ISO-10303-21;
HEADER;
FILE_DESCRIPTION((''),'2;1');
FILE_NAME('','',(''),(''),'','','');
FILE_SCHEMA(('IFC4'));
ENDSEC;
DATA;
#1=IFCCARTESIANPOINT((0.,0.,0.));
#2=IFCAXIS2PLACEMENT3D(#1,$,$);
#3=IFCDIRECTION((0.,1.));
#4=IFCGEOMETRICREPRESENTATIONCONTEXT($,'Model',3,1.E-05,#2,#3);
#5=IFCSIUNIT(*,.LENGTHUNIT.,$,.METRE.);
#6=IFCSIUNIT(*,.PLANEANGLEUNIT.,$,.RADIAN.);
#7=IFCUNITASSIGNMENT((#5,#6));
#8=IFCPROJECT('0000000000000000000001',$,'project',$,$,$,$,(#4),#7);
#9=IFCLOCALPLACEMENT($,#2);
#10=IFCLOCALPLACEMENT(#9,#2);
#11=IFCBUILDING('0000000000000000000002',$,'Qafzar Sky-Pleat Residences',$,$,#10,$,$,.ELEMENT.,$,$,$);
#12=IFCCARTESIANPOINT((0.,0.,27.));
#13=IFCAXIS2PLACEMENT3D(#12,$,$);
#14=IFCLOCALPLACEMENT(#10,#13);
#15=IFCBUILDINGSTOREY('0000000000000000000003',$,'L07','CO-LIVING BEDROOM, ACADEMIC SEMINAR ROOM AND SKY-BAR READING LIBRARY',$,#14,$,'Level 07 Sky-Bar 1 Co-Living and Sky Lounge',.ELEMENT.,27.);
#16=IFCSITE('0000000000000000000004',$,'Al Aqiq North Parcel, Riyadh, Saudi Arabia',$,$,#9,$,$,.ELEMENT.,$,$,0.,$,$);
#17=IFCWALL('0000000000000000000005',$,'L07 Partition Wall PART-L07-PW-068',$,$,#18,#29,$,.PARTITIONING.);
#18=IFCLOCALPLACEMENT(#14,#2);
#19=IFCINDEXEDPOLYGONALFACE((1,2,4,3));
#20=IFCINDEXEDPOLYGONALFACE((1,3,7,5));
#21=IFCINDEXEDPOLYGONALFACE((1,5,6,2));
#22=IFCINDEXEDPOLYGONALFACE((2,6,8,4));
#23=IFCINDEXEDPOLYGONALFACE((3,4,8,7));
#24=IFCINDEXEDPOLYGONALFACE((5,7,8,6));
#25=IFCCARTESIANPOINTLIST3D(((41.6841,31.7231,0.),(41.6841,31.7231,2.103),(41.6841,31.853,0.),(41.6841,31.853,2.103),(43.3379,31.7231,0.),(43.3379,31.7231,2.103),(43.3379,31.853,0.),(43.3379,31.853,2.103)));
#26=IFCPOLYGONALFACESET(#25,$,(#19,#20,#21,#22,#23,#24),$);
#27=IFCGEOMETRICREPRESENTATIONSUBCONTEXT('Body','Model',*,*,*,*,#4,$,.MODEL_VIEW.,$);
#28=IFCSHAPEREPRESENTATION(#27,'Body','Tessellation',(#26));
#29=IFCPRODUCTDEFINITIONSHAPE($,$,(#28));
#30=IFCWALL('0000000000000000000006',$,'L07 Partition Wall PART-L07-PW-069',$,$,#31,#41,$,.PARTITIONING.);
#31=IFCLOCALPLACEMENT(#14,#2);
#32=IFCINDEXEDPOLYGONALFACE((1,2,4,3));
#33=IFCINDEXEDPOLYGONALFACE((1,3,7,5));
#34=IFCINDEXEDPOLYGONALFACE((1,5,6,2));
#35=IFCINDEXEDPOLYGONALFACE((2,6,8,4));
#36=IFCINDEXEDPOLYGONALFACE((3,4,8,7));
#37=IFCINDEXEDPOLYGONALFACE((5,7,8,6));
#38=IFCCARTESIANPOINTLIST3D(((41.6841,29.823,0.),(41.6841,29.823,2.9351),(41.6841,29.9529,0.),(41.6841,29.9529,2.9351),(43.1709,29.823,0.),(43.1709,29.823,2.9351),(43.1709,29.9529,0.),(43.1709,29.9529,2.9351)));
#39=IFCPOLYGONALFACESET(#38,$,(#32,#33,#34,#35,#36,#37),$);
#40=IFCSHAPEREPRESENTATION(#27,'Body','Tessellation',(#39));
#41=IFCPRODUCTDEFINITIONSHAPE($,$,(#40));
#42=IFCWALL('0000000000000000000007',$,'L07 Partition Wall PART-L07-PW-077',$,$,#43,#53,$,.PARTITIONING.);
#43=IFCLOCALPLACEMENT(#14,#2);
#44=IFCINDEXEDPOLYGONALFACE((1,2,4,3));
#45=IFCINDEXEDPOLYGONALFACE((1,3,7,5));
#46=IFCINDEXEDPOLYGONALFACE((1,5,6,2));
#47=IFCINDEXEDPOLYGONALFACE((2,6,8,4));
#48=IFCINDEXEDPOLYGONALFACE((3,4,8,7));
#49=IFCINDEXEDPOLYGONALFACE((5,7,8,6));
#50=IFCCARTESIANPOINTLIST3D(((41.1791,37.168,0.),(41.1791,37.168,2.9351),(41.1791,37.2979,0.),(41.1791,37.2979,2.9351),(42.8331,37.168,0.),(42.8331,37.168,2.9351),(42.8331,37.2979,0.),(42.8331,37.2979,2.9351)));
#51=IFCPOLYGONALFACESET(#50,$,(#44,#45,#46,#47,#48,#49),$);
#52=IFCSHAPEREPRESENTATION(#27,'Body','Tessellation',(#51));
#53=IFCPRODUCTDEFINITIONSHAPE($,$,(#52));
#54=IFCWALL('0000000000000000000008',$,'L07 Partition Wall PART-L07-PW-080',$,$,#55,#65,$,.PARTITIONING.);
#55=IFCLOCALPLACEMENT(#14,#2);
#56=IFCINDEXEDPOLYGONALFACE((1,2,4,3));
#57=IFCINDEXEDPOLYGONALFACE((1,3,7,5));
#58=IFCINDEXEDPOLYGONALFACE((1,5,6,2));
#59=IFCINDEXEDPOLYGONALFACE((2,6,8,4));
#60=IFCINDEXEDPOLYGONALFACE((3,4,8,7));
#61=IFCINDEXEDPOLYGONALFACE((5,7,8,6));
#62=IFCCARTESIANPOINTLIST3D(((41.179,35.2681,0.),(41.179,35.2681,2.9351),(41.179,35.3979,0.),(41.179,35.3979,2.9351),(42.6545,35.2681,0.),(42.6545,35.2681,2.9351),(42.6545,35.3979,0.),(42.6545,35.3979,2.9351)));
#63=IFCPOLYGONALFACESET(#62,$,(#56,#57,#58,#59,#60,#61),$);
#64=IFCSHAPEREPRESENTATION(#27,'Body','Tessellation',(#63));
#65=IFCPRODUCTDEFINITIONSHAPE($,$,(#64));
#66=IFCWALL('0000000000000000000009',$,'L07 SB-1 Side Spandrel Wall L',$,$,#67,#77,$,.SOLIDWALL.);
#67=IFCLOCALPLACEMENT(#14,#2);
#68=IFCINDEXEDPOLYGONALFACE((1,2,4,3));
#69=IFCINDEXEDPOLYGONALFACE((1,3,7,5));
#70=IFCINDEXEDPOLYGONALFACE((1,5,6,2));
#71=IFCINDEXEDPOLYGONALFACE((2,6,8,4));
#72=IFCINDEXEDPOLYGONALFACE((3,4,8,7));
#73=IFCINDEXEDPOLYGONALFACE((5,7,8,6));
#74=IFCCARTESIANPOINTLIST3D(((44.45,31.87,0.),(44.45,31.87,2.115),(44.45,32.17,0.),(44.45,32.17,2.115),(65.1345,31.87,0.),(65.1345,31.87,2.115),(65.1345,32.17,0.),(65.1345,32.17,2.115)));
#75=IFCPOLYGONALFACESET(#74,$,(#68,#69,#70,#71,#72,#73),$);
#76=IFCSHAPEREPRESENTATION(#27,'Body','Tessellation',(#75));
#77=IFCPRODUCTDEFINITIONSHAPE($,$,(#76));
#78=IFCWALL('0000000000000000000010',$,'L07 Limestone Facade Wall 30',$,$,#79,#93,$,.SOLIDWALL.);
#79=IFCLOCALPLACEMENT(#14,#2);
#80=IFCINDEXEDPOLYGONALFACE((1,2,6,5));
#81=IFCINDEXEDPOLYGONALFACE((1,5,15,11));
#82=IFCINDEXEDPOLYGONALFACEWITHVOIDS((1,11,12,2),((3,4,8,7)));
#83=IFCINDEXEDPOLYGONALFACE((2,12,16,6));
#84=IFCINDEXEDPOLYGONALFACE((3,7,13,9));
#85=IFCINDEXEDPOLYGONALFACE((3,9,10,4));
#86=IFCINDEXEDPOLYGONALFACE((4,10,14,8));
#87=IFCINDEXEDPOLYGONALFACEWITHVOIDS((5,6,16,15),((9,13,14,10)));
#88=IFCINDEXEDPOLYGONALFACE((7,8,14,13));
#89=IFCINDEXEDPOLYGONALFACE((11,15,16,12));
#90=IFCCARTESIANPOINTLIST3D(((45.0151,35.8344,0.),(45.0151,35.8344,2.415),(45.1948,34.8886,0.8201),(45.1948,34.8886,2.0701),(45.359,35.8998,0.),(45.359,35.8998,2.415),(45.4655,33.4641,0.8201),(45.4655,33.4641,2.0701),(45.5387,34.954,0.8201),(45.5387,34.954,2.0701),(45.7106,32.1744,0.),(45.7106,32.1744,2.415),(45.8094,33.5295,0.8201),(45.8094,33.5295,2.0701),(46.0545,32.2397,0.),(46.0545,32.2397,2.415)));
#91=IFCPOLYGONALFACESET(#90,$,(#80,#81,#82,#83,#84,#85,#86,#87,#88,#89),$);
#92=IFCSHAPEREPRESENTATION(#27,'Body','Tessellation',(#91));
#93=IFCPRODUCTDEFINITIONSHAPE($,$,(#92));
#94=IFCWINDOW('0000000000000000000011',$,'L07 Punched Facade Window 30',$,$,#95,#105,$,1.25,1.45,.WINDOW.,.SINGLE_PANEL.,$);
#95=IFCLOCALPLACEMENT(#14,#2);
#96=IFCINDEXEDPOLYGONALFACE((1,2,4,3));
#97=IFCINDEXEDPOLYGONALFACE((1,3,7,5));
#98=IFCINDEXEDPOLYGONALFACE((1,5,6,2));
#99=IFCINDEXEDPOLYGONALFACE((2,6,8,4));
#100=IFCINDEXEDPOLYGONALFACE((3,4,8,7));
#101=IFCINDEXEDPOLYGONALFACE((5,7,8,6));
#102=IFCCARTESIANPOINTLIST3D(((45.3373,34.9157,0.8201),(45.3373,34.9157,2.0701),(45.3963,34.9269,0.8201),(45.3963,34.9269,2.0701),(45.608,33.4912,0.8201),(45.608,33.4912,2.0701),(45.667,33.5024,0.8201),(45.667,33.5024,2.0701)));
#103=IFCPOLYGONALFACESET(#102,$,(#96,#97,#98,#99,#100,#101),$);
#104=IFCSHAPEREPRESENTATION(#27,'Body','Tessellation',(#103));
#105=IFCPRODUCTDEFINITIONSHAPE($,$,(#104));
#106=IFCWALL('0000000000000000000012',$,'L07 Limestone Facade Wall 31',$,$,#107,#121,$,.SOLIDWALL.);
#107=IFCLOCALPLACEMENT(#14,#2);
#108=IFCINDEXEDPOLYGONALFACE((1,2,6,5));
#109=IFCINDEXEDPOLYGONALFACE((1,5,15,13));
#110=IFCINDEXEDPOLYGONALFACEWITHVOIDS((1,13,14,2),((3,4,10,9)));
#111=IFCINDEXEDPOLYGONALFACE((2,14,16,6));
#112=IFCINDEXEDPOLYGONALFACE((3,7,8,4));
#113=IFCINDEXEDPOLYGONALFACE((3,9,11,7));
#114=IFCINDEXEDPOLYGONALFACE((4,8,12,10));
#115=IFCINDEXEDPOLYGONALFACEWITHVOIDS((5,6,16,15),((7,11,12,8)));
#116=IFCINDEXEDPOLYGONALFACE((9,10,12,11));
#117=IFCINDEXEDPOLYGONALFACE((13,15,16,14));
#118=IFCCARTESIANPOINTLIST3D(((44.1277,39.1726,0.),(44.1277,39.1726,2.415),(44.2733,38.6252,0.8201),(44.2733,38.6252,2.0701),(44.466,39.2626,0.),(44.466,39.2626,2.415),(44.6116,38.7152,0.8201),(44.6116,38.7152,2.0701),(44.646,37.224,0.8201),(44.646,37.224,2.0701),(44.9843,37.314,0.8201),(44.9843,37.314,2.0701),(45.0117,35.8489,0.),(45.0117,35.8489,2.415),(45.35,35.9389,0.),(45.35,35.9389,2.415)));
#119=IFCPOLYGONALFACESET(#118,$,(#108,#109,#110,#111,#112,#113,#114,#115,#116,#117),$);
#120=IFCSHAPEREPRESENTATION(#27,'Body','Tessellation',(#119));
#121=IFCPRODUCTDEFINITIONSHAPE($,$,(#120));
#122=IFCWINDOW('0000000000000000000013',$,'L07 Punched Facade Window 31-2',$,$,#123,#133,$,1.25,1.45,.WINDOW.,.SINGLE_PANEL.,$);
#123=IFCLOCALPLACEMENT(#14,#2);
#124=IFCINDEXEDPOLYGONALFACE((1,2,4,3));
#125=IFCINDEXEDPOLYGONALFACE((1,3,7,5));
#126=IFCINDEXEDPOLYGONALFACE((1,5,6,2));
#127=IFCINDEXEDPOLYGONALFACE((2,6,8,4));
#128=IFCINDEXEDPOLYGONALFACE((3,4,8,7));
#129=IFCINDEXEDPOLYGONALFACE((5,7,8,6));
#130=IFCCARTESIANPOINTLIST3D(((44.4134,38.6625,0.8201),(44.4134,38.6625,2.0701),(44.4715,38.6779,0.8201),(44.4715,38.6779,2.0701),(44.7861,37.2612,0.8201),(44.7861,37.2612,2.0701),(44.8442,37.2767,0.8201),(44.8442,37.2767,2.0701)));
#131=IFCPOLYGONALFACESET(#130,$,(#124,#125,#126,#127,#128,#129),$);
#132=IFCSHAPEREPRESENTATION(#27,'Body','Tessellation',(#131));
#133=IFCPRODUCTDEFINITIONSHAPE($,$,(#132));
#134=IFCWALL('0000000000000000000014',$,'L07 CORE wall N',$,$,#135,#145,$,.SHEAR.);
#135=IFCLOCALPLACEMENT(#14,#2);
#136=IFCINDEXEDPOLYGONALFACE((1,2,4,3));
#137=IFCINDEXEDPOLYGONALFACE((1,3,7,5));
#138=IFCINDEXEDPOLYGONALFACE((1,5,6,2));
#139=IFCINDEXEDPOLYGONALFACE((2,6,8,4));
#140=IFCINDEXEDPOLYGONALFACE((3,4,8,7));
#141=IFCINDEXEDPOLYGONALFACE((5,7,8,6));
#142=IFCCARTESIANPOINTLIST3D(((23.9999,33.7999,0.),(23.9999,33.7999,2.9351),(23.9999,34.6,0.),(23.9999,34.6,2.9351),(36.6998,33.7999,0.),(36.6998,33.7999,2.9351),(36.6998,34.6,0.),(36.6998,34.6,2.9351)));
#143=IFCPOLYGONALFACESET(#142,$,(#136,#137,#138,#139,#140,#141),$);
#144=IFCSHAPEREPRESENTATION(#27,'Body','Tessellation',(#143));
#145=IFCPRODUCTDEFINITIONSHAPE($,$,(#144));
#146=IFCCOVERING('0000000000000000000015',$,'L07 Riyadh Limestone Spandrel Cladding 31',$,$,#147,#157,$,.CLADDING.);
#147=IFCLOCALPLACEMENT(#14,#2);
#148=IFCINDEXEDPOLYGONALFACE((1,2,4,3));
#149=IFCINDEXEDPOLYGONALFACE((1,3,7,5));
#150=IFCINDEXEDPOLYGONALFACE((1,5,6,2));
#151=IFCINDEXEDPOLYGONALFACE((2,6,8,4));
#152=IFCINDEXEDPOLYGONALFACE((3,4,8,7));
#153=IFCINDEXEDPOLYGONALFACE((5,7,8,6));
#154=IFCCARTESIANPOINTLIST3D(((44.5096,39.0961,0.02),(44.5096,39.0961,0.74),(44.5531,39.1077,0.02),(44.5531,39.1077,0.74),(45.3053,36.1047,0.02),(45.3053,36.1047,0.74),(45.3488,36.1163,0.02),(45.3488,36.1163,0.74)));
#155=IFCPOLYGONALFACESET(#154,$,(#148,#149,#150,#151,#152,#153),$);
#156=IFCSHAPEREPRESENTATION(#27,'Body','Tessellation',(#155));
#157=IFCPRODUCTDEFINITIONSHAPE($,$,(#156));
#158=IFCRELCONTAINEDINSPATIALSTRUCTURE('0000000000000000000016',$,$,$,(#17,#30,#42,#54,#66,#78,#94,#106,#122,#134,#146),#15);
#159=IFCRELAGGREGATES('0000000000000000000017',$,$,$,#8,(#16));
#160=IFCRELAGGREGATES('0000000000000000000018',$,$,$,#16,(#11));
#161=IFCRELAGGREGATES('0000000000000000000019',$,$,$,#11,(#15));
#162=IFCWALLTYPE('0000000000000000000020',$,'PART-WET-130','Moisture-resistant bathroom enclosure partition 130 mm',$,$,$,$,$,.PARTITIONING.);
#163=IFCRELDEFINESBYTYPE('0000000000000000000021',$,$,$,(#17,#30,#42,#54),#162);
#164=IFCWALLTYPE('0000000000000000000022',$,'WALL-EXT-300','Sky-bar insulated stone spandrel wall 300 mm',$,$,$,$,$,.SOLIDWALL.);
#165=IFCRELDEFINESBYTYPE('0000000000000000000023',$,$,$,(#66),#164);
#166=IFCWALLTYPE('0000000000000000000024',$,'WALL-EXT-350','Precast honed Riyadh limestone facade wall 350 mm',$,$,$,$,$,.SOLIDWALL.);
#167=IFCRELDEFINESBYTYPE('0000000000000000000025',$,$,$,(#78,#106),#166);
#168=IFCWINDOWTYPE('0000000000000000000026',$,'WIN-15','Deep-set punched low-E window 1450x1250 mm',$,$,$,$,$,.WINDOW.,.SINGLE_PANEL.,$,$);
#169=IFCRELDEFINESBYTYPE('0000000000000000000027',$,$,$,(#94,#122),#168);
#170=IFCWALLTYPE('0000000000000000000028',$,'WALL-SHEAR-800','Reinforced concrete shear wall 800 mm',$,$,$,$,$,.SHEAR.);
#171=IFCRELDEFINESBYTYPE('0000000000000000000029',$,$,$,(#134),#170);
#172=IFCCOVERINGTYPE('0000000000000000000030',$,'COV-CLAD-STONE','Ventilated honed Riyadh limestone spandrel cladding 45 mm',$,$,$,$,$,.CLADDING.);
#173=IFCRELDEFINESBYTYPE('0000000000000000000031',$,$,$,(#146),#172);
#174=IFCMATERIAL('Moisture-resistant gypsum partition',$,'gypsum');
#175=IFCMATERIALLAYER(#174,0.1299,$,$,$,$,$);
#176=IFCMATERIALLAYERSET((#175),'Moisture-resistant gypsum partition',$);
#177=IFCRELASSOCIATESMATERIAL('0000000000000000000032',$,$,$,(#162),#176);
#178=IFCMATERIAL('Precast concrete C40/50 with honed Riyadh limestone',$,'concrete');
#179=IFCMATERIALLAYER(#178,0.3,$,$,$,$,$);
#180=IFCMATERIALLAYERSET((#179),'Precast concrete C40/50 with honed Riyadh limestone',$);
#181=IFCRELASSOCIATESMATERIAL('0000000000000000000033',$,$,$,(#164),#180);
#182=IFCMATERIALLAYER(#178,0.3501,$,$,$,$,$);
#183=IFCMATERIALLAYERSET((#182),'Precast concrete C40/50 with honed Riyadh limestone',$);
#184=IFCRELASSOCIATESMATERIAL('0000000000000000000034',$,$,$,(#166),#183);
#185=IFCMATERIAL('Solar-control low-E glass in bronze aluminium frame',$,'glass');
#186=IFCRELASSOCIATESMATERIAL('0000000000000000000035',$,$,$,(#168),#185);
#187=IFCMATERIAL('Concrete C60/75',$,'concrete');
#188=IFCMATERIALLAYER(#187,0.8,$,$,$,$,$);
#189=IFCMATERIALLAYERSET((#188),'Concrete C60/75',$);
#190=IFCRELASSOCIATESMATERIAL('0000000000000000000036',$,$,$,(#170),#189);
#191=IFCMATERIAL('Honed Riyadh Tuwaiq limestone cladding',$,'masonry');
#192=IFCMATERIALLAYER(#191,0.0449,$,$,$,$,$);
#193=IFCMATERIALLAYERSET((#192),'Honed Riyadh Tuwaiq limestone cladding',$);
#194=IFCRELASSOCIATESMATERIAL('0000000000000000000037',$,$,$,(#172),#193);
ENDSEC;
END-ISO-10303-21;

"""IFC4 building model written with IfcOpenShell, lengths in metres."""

from ifc_helpers import new_model, si_unit, direction, frame, frame_2d, origin, origin_2d, place, context, subcontext, project, spatial, rectangle, extrude, source, transform, mapped, material, layer, layer_set, type_object, element, fill, save


model = new_model("IFC4")

# Units and contexts
model_context = context("Model", 3, precision=1e-05, world=origin(), true_north=direction((0.0, 1.0)))
body_context = subcontext(model_context, "Body", "Model", "MODEL_VIEW")
ifc_project = project(units=[si_unit("LENGTHUNIT", "METRE"), si_unit("PLANEANGLEUNIT", "RADIAN")], contexts=[model_context])

# Site, building, storey
site_placement = place(None, origin())
site = spatial("IfcSite", under=ifc_project, at=site_placement, Name="Al Aqiq North Parcel, Riyadh, Saudi Arabia", CompositionType="ELEMENT", RefElevation=0.0)
building_placement = place(site_placement, origin())
building = spatial("IfcBuilding", under=site, at=building_placement, Name="Qafzar Sky-Pleat Residences", CompositionType="ELEMENT")
storey_placement = place(building_placement, frame((0.0, 0.0, 27.0)))
storey = spatial("IfcBuildingStorey", under=building, at=storey_placement, Name="L07", Description="CO-LIVING BEDROOM, ACADEMIC SEMINAR ROOM AND SKY-BAR READING LIBRARY", LongName="Level 07 Sky-Bar 1 Co-Living and Sky Lounge", CompositionType="ELEMENT", Elevation=27.0)

# Shared definitions
ifc_material_1 = material(Name="Moisture-resistant gypsum partition", Category="gypsum")
ifc_layer_1 = layer(ifc_material_1, 0.1299)
ifc_layer_set_1 = layer_set([ifc_layer_1], Name="Moisture-resistant gypsum partition")
wall_type_1 = type_object("IfcWallType", Name="PART-WET-130", Description="Moisture-resistant bathroom enclosure partition 130 mm", PredefinedType="PARTITIONING", material=ifc_layer_set_1)

# Walls
wall_1_placement = place(storey_placement, frame((41.6841, 31.7881, 0.0), z_axis=(0.0, 0.0, 1.0), x_axis=(1.0, 0.0, 0.0)))
element("IfcWall", 1, at=wall_1_placement, inside=storey, type_object=wall_type_1, Name="L07 Partition Wall PART-L07-PW-068", PredefinedType="PARTITIONING", context=body_context, shape_type="SweptSolid", body=[
    extrude(rectangle(XDim=1.6538, YDim=0.1299, at=frame_2d((0.8269, 0.0))), origin(), (0.0, 0.0, 1.0), 2.103),
])
wall_2_placement = place(storey_placement, frame((41.6841, 29.8879, 0.0), z_axis=(0.0, 0.0, 1.0), x_axis=(1.0, 0.0, 0.0)))
element("IfcWall", 2, at=wall_2_placement, inside=storey, type_object=wall_type_1, Name="L07 Partition Wall PART-L07-PW-069", PredefinedType="PARTITIONING", context=body_context, shape_type="SweptSolid", body=[
    extrude(rectangle(XDim=1.4868, YDim=0.1299, at=frame_2d((0.7434, 0.0))), origin(), (0.0, 0.0, 1.0), 2.9351),
])
wall_3_placement = place(storey_placement, frame((41.179, 37.2329, 0.0), z_axis=(0.0, 0.0, 1.0), x_axis=(1.0, 0.0, 0.0)))
element("IfcWall", 3, at=wall_3_placement, inside=storey, type_object=wall_type_1, Name="L07 Partition Wall PART-L07-PW-077", PredefinedType="PARTITIONING", context=body_context, shape_type="SweptSolid", body=[
    extrude(rectangle(XDim=1.6541, YDim=0.1299, at=frame_2d((0.8271, 0.0))), origin(), (0.0, 0.0, 1.0), 2.9351),
])
wall_4_placement = place(storey_placement, frame((41.179, 35.333, 0.0), z_axis=(0.0, 0.0, 1.0), x_axis=(1.0, 0.0, 0.0)))
element("IfcWall", 4, at=wall_4_placement, inside=storey, type_object=wall_type_1, Name="L07 Partition Wall PART-L07-PW-080", PredefinedType="PARTITIONING", context=body_context, shape_type="SweptSolid", body=[
    extrude(rectangle(XDim=1.4756, YDim=0.1299, at=frame_2d((0.7378, 0.0))), origin(), (0.0, 0.0, 1.0), 2.9351),
])
ifc_material_2 = material(Name="Precast concrete C40/50 with honed Riyadh limestone", Category="concrete")
ifc_layer_2 = layer(ifc_material_2, 0.3)
ifc_layer_set_2 = layer_set([ifc_layer_2], Name="Precast concrete C40/50 with honed Riyadh limestone")
wall_type_2 = type_object("IfcWallType", Name="WALL-EXT-300", Description="Sky-bar insulated stone spandrel wall 300 mm", PredefinedType="SOLIDWALL", material=ifc_layer_set_2)
wall_5_placement = place(storey_placement, frame((44.45, 32.02, 0.0), z_axis=(0.0, 0.0, 1.0), x_axis=(1.0, 0.0, 0.0)))
element("IfcWall", 5, at=wall_5_placement, inside=storey, type_object=wall_type_2, Name="L07 SB-1 Side Spandrel Wall L", PredefinedType="SOLIDWALL", context=body_context, shape_type="SweptSolid", body=[
    extrude(rectangle(XDim=20.6846, YDim=0.3, at=frame_2d((10.3423, 0.0))), origin(), (0.0, 0.0, 1.0), 2.115),
])

# Walls, openings, windows
ifc_layer_3 = layer(ifc_material_2, 0.3501)
ifc_layer_set_3 = layer_set([ifc_layer_3], Name="Precast concrete C40/50 with honed Riyadh limestone")
wall_type_3 = type_object("IfcWallType", Name="WALL-EXT-350", Description="Precast honed Riyadh limestone facade wall 350 mm", PredefinedType="SOLIDWALL", material=ifc_layer_set_3)
wall_6_placement = place(storey_placement, frame((45.8826, 32.207, 0.0), z_axis=(0.0, 0.0, 1.0), x_axis=(-0.186694, 0.982418, 0.0)))
wall_6 = element("IfcWall", 6, at=wall_6_placement, inside=storey, type_object=wall_type_3, Name="L07 Limestone Facade Wall 30", PredefinedType="SOLIDWALL", context=body_context, shape_type="SweptSolid", body=[
    extrude(rectangle(XDim=3.7256, YDim=0.3501, at=frame_2d((1.8628, 0.0))), origin(), (0.0, 0.0, 1.0), 2.415),
])
opening_1_placement = place(wall_6_placement, frame((1.3127, 0.0, 0.8201)))
opening_1 = element("IfcOpeningElement", 7, at=opening_1_placement, cuts=wall_6, PredefinedType="OPENING", context=body_context, shape_type="SweptSolid", body=[
    extrude(rectangle(XDim=1.45, YDim=1.25, at=frame_2d((0.7251, 0.625))), frame((0.0, 0.1851, 0.0), z_axis=(0.0, -1.0, 0.0), x_axis=(1.0, 0.0, 0.0)), (0.0, 0.0, 1.0), 0.3701),
])
ifc_material_3 = material(Name="Solar-control low-E glass in bronze aluminium frame", Category="glass")
window_type = type_object("IfcWindowType", Name="WIN-15", Description="Deep-set punched low-E window 1450x1250 mm", PartitioningType="SINGLE_PANEL", PredefinedType="WINDOW", material=ifc_material_3)
shared_shape_1 = source(origin(), body_context, "Body", "SweptSolid", [
    extrude(rectangle(XDim=1.45, YDim=1.25, at=frame_2d((0.7251, 0.625))), frame((0.0, 0.03, 0.0), z_axis=(0.0, -1.0, 0.0), x_axis=(1.0, 0.0, 0.0)), (0.0, 0.0, 1.0), 0.0601),
])
window_1_placement = place(opening_1_placement, origin())
window_1 = element("IfcWindow", 8, at=window_1_placement, inside=storey, type_object=window_type, Name="L07 Punched Facade Window 30", OverallHeight=1.25, OverallWidth=1.45, PartitioningType="SINGLE_PANEL", PredefinedType="WINDOW", context=body_context, shape_type="MappedRepresentation", body=[
    mapped(shared_shape_1, transform((0.0, 0.0, 0.0), x_axis=(1.0, 0.0, 0.0), y_axis=(0.0, 1.0, 0.0), z_axis=(0.0, 0.0, 1.0), scale=1.0)),
])
fill(opening_1, window_1)
wall_7_placement = place(storey_placement, frame((45.1809, 35.8938, 0.0), z_axis=(0.0, 0.0, 1.0), x_axis=(-0.25704, 0.966401, 0.0)))
wall_7 = element("IfcWall", 9, at=wall_7_placement, inside=storey, type_object=wall_type_3, Name="L07 Limestone Facade Wall 31", PredefinedType="SOLIDWALL", context=body_context, shape_type="SweptSolid", body=[
    extrude(rectangle(XDim=3.4392, YDim=0.3501, at=frame_2d((1.7197, 0.0))), origin(), (0.0, 0.0, 1.0), 2.415),
])
opening_2_placement = place(wall_7_placement, frame((1.4229, 0.0, 0.8201)))
opening_2 = element("IfcOpeningElement", 10, at=opening_2_placement, cuts=wall_7, PredefinedType="OPENING", context=body_context, shape_type="SweptSolid", body=[
    extrude(rectangle(XDim=1.45, YDim=1.25, at=frame_2d((0.7251, 0.625))), frame((0.0, 0.1851, 0.0), z_axis=(0.0, -1.0, 0.0), x_axis=(1.0, 0.0, 0.0)), (0.0, 0.0, 1.0), 0.3701),
])
window_2_placement = place(opening_2_placement, origin())
window_2 = element("IfcWindow", 11, at=window_2_placement, inside=storey, type_object=window_type, Name="L07 Punched Facade Window 31-2", OverallHeight=1.25, OverallWidth=1.45, PartitioningType="SINGLE_PANEL", PredefinedType="WINDOW", context=body_context, shape_type="MappedRepresentation", body=[
    mapped(shared_shape_1, transform((0.0, 0.0, 0.0), x_axis=(1.0, 0.0, 0.0), y_axis=(0.0, 1.0, 0.0), z_axis=(0.0, 0.0, 1.0), scale=1.0)),
])
fill(opening_2, window_2)

# Wall
ifc_material_4 = material(Name="Concrete C60/75", Category="concrete")
ifc_layer_4 = layer(ifc_material_4, 0.8)
ifc_layer_set_4 = layer_set([ifc_layer_4], Name="Concrete C60/75")
wall_type_4 = type_object("IfcWallType", Name="WALL-SHEAR-800", Description="Reinforced concrete shear wall 800 mm", PredefinedType="SHEAR", material=ifc_layer_set_4)
wall_8_placement = place(storey_placement, frame((36.7, 34.2, 0.0), z_axis=(0.0, 0.0, 1.0), x_axis=(-1.0, 0.0, 0.0)))
element("IfcWall", 12, at=wall_8_placement, inside=storey, type_object=wall_type_4, Name="L07 CORE wall N", PredefinedType="SHEAR", context=body_context, shape_type="SweptSolid", body=[
    extrude(rectangle(XDim=12.7, YDim=0.8, at=frame_2d((6.3501, 0.0))), origin(), (0.0, 0.0, 1.0), 2.9351),
])

# Covering
ifc_material_5 = material(Name="Honed Riyadh Tuwaiq limestone cladding", Category="masonry")
ifc_layer_5 = layer(ifc_material_5, 0.0449)
ifc_layer_set_5 = layer_set([ifc_layer_5], Name="Honed Riyadh Tuwaiq limestone cladding")
covering_type = type_object("IfcCoveringType", Name="COV-CLAD-STONE", Description="Ventilated honed Riyadh limestone spandrel cladding 45 mm", PredefinedType="CLADDING", material=ifc_layer_set_5)
shared_shape_2 = source(origin(), body_context, "Body", "SweptSolid", [
    extrude(rectangle(XDim=3.0955, YDim=0.0449, at=origin_2d()), origin(), (0.0, 0.0, 1.0), 0.72),
])
covering_placement = place(storey_placement, frame((44.9292, 37.6062, 0.02), z_axis=(0.0, 0.0, 1.0), x_axis=(-0.257053, 0.966397, 0.0)))
element("IfcCovering", 13, at=covering_placement, inside=storey, type_object=covering_type, Name="L07 Riyadh Limestone Spandrel Cladding 31", PredefinedType="CLADDING", context=body_context, shape_type="MappedRepresentation", body=[
    mapped(shared_shape_2, transform((0.0, 0.0, 0.0), x_axis=(1.0, 0.0, 0.0), y_axis=(0.0, 1.0, 0.0), z_axis=(0.0, 0.0, 1.0), scale=1.0)),
])

save(model, "model.ifc")
